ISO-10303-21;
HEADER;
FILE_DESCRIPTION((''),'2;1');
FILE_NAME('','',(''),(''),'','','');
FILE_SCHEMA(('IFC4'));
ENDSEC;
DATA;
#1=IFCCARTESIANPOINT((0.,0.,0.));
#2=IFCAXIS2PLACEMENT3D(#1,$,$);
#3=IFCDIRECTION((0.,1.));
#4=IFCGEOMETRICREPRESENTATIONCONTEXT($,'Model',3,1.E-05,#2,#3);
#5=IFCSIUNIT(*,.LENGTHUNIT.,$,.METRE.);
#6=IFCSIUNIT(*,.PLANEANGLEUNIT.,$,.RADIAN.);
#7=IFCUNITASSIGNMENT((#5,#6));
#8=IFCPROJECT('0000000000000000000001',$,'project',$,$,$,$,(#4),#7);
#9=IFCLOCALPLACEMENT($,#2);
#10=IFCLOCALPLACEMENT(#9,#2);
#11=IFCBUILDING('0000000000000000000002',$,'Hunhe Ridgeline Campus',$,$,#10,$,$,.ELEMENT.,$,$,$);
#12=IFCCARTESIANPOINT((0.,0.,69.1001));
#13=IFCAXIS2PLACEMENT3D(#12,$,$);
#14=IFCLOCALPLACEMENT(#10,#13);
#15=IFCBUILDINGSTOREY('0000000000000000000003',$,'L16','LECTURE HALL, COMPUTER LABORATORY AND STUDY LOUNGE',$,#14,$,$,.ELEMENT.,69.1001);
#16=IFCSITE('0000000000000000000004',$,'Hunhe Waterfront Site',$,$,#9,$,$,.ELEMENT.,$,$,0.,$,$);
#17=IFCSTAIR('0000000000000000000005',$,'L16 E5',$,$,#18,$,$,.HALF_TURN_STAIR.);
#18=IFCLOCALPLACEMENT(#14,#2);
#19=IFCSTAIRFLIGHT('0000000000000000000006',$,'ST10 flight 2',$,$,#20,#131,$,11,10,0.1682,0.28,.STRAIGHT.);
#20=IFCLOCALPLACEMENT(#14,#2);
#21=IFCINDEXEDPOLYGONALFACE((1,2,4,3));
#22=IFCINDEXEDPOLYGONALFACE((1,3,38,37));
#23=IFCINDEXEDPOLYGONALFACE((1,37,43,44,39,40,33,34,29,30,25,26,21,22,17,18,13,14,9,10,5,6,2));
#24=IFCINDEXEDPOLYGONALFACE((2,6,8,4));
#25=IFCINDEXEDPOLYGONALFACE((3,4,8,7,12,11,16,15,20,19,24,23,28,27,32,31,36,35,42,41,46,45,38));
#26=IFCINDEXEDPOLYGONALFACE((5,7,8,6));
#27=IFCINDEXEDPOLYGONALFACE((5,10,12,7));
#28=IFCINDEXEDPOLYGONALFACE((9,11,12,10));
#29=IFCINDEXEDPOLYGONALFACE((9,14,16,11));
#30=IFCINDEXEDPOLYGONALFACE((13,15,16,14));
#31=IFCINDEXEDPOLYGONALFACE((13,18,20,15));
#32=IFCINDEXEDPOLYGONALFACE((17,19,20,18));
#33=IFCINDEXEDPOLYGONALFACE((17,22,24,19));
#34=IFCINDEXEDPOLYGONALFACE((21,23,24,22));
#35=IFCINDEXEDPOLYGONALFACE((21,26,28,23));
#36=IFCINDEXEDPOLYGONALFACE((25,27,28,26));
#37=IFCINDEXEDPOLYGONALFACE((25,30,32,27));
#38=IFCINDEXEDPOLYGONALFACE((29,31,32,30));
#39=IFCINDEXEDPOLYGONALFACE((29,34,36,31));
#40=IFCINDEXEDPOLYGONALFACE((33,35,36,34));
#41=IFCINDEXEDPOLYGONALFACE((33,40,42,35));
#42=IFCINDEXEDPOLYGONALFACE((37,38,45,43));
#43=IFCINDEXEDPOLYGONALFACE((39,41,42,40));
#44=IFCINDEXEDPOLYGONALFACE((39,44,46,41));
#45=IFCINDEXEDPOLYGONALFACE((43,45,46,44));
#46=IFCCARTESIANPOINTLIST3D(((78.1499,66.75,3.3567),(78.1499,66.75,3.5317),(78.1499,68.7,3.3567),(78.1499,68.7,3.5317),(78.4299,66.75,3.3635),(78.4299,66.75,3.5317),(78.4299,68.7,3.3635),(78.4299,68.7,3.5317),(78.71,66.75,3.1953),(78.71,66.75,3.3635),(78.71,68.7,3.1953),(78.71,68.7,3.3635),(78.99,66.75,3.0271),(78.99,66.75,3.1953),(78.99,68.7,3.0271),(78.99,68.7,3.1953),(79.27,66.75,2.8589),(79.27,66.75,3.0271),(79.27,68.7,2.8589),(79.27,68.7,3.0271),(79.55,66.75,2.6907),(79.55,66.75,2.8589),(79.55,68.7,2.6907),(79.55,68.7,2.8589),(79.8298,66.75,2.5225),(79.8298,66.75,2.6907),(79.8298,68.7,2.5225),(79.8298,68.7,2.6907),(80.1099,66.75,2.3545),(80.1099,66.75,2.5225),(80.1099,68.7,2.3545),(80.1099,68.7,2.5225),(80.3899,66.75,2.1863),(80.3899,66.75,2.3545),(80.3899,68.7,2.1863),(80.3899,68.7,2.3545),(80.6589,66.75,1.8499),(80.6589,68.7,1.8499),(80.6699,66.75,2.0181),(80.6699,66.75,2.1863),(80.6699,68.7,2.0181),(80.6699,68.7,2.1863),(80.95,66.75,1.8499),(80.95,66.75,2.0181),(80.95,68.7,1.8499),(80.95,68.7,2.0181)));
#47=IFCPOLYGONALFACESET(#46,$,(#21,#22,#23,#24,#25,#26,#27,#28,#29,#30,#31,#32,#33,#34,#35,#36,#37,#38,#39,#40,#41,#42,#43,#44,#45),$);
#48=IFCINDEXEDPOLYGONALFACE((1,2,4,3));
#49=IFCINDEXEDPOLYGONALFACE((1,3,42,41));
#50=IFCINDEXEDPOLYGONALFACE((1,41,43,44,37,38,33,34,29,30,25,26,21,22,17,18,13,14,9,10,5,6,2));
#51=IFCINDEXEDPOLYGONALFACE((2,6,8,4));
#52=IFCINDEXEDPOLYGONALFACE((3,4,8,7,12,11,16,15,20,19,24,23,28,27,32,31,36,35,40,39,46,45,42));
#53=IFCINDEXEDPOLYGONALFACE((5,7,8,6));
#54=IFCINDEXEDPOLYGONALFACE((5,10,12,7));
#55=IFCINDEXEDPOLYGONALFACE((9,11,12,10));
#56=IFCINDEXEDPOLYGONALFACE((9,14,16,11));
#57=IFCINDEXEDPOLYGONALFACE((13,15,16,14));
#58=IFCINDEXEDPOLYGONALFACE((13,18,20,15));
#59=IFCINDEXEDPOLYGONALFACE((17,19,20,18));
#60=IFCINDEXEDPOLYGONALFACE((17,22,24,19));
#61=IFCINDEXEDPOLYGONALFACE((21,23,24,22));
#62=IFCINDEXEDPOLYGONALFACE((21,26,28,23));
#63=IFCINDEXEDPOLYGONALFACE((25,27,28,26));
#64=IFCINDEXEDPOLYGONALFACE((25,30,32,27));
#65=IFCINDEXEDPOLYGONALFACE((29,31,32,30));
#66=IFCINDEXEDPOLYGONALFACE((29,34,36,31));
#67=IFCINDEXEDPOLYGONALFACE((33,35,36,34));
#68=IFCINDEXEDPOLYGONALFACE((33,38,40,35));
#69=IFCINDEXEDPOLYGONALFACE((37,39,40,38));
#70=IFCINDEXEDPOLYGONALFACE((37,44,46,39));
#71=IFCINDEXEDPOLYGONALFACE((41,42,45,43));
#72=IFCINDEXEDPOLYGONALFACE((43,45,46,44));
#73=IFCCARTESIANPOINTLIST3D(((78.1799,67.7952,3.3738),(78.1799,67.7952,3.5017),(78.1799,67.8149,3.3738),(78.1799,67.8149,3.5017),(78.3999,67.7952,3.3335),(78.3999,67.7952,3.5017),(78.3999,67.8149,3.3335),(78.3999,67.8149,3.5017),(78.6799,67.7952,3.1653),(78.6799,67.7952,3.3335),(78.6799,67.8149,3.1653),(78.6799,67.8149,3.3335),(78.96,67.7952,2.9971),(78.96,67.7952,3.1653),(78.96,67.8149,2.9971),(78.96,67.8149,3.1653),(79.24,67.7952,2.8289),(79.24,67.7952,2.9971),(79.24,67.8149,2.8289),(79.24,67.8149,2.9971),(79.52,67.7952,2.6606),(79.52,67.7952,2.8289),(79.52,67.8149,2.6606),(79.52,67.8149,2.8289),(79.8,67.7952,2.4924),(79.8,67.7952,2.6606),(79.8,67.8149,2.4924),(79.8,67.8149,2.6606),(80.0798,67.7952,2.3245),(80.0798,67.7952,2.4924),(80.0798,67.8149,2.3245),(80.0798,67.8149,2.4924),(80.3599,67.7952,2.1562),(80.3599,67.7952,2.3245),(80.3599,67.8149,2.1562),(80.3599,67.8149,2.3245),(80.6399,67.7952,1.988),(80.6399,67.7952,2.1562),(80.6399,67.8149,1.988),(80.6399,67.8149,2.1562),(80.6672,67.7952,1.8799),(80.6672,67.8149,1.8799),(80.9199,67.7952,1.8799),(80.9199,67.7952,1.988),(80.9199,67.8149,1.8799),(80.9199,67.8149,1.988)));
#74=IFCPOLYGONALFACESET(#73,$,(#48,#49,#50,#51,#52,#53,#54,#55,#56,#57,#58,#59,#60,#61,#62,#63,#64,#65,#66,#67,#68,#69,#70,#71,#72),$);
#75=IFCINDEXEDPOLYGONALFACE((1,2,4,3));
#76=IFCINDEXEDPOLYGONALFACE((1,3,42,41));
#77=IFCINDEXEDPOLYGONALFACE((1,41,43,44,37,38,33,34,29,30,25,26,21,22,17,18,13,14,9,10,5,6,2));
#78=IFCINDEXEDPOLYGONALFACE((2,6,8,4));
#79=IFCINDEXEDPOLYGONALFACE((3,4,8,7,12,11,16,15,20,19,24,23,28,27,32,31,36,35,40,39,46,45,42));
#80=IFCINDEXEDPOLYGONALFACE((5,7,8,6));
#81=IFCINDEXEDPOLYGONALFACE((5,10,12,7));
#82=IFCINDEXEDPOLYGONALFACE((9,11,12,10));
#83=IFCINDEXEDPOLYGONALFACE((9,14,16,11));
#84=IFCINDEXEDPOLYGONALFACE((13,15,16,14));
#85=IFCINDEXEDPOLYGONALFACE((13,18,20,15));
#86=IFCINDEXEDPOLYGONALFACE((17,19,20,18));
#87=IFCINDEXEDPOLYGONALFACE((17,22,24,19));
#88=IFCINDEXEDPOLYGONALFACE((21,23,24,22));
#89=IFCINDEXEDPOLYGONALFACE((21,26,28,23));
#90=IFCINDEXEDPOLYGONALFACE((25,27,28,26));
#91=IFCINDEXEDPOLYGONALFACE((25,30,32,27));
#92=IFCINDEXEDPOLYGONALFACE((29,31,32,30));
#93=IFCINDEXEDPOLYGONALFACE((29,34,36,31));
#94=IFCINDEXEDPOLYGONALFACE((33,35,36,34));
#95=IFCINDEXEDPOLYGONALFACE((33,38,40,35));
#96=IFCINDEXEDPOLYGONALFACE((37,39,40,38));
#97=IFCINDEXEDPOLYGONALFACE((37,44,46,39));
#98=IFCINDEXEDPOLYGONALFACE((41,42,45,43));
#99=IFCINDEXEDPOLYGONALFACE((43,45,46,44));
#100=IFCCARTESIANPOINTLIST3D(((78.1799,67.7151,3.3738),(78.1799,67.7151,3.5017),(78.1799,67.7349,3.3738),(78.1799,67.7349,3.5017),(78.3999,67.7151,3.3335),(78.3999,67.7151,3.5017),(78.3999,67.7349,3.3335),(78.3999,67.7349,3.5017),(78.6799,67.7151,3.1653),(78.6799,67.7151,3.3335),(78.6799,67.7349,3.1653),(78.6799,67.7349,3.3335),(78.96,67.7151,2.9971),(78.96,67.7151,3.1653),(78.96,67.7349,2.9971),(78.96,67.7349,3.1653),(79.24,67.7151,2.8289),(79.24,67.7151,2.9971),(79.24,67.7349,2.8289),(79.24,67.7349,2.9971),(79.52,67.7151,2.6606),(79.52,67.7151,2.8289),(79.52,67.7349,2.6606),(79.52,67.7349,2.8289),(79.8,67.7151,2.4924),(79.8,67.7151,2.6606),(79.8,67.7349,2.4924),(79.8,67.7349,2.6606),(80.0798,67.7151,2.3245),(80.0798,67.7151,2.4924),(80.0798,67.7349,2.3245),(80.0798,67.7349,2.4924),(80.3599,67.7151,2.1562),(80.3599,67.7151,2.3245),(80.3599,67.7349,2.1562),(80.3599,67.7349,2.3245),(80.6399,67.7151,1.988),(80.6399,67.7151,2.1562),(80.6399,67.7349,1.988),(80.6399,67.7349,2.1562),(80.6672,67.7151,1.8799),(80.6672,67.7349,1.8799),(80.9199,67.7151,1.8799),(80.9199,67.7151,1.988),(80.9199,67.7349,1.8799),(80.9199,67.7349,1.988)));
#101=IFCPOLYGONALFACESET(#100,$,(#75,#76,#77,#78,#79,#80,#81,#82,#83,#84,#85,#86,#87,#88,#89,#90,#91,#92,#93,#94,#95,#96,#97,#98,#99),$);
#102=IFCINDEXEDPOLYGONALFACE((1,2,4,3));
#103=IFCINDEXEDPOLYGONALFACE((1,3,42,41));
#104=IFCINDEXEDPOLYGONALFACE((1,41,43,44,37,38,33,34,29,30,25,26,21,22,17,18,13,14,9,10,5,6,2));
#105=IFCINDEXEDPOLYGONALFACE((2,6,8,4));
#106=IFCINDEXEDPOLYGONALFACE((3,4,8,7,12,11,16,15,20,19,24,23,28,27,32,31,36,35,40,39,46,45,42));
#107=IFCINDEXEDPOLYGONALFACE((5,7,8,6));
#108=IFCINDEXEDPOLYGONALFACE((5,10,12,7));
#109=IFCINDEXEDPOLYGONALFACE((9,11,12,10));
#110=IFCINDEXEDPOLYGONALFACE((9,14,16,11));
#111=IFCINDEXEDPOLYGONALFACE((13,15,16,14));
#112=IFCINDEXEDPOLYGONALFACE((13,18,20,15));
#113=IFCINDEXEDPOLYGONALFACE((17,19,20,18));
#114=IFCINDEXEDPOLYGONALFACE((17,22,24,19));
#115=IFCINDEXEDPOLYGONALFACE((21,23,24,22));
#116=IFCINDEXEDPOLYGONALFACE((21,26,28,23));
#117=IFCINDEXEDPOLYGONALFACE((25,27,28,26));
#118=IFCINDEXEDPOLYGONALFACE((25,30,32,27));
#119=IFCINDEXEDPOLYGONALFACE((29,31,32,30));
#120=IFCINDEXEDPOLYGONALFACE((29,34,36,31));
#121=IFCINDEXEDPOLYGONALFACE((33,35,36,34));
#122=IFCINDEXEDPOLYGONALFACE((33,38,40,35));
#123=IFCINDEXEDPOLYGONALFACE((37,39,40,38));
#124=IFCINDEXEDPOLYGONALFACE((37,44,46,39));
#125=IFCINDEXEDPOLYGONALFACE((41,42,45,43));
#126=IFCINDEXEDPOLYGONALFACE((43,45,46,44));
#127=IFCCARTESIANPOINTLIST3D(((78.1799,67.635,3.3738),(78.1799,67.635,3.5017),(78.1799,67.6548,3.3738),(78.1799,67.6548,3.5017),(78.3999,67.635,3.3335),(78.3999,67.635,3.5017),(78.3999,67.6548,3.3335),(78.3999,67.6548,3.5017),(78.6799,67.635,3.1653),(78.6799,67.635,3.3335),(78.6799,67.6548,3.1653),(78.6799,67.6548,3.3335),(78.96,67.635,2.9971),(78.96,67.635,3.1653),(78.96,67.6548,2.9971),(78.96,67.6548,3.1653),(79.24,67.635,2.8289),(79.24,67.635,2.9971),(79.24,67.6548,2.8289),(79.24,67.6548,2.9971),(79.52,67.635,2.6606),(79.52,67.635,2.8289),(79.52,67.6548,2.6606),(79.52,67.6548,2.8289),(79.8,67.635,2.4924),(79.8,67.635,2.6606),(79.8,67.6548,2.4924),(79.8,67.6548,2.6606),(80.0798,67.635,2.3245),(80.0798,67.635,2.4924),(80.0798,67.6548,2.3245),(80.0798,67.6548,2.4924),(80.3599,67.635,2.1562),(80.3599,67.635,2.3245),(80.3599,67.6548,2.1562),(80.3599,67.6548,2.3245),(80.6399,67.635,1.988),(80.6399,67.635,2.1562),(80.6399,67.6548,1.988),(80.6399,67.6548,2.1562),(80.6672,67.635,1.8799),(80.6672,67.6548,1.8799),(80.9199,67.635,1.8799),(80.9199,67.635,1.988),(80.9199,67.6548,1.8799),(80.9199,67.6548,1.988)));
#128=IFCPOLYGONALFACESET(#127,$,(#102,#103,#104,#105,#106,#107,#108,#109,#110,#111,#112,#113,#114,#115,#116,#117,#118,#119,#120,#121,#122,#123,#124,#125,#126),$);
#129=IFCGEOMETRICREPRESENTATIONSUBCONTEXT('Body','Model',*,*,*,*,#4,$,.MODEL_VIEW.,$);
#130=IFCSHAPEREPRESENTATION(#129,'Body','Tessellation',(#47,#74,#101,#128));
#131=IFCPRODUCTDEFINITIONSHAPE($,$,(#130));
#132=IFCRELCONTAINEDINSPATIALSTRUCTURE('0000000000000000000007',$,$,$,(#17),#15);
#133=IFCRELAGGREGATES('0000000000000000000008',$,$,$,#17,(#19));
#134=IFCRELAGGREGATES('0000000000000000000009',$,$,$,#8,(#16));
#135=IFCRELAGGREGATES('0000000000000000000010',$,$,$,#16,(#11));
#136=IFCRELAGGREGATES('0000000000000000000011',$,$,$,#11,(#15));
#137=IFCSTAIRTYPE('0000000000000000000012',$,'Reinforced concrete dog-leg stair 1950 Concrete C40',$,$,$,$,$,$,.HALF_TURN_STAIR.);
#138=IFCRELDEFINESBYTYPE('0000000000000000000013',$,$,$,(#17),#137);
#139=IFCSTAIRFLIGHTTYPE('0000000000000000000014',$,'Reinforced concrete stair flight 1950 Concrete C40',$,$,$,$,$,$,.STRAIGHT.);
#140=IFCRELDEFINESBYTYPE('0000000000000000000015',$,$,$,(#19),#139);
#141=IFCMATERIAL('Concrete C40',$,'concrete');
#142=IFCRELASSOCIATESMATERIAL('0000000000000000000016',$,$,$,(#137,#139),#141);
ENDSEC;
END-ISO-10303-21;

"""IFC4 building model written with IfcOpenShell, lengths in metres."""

from ifc_helpers import new_model, si_unit, direction, frame, origin, place, context, subcontext, project, spatial, polyline, outline, extrude, material, type_object, element, aggregate, save


model = new_model("IFC4")

# Units and contexts
model_context = context("Model", 3, precision=1e-05, world=origin(), true_north=direction((0.0, 1.0)))
body_context = subcontext(model_context, "Body", "Model", "MODEL_VIEW")
ifc_project = project(units=[si_unit("LENGTHUNIT", "METRE"), si_unit("PLANEANGLEUNIT", "RADIAN")], contexts=[model_context])

# Site, building, storey
site_placement = place(None, origin())
site = spatial("IfcSite", under=ifc_project, at=site_placement, Name="Hunhe Waterfront Site", CompositionType="ELEMENT", RefElevation=0.0)
building_placement = place(site_placement, origin())
building = spatial("IfcBuilding", under=site, at=building_placement, Name="Hunhe Ridgeline Campus", CompositionType="ELEMENT")
storey_placement = place(building_placement, frame((0.0, 0.0, 69.1001)))
storey = spatial("IfcBuildingStorey", under=building, at=storey_placement, Name="L16", Description="LECTURE HALL, COMPUTER LABORATORY AND STUDY LOUNGE", CompositionType="ELEMENT", Elevation=69.1001)

# Stair, stair flight
ifc_material_1 = material(Name="Concrete C40", Category="concrete")
stair_type = type_object("IfcStairType", Name="Reinforced concrete dog-leg stair 1950 Concrete C40", PredefinedType="HALF_TURN_STAIR", material=ifc_material_1)
stair_placement = place(storey_placement, origin())
stair = element("IfcStair", 1, at=stair_placement, inside=storey, type_object=stair_type, Name="L16 E5", PredefinedType="HALF_TURN_STAIR")
stair_flight_type = type_object("IfcStairFlightType", Name="Reinforced concrete stair flight 1950 Concrete C40", PredefinedType="STRAIGHT", material=ifc_material_1)
stair_flight_1_placement = place(storey_placement, frame((80.95, 67.7251, 1.8499), z_axis=(0.0, 0.0, 1.0), x_axis=(-1.0, 0.0, 0.0)))
stair_flight_1 = element("IfcStairFlight", 2, at=stair_flight_1_placement, type_object=stair_flight_type, Name="ST10 flight 2", NumberOfRisers=11, NumberOfTreads=10, PredefinedType="STRAIGHT", RiserHeight=0.1682, TreadLength=0.28, context=body_context, shape_type="SweptSolid", body=[
    extrude(outline(polyline([(0.0, 0.0), (0.0, 0.1682), (0.28, 0.1682), (0.28, 0.3364), (0.5601, 0.3364), (0.5601, 0.5046), (0.8401, 0.5046), (0.8401, 0.6726), (1.1201, 0.6726), (1.1201, 0.8408), (1.3999, 0.8408), (1.3999, 1.009), (1.6799, 1.009), (1.6799, 1.1772), (1.96, 1.1772), (1.96, 1.3455), (2.24, 1.3455), (2.24, 1.5137), (2.52, 1.5137), (2.52, 1.6819), (2.8, 1.6819), (2.8, 1.8501), (2.8, 1.5068), (0.291, 0.0), (0.0, 0.0)])), frame((0.0, 0.9751, 0.0), z_axis=(0.0, -1.0, 0.0), x_axis=(1.0, 0.0, 0.0)), (0.0, 0.0, 1.0), 1.95),
    extrude(outline(polyline([(0.03, 0.03), (0.03, 0.1382), (0.3101, 0.1382), (0.3101, 0.3064), (0.5901, 0.3064), (0.5901, 0.4746), (0.8701, 0.4746), (0.8701, 0.6426), (1.1499, 0.6426), (1.1499, 0.8108), (1.4299, 0.8108), (1.4299, 0.979), (1.71, 0.979), (1.71, 1.1472), (1.99, 1.1472), (1.99, 1.3154), (2.27, 1.3154), (2.27, 1.4836), (2.55, 1.4836), (2.55, 1.6519), (2.77, 1.6519), (2.77, 1.5239), (0.2827, 0.03), (0.03, 0.03)])), frame((0.0, -0.0701, 0.0), z_axis=(0.0, -1.0, 0.0), x_axis=(1.0, 0.0, 0.0)), (0.0, 0.0, 1.0), 0.0198),
    extrude(outline(polyline([(0.03, 0.03), (0.03, 0.1382), (0.3101, 0.1382), (0.3101, 0.3064), (0.5901, 0.3064), (0.5901, 0.4746), (0.8701, 0.4746), (0.8701, 0.6426), (1.1499, 0.6426), (1.1499, 0.8108), (1.4299, 0.8108), (1.4299, 0.979), (1.71, 0.979), (1.71, 1.1472), (1.99, 1.1472), (1.99, 1.3154), (2.27, 1.3154), (2.27, 1.4836), (2.55, 1.4836), (2.55, 1.6519), (2.77, 1.6519), (2.77, 1.5239), (0.2827, 0.03), (0.03, 0.03)])), frame((0.0, 0.01, 0.0), z_axis=(0.0, -1.0, 0.0), x_axis=(1.0, 0.0, 0.0)), (0.0, 0.0, 1.0), 0.0198),
    extrude(outline(polyline([(0.03, 0.03), (0.03, 0.1382), (0.3101, 0.1382), (0.3101, 0.3064), (0.5901, 0.3064), (0.5901, 0.4746), (0.8701, 0.4746), (0.8701, 0.6426), (1.1499, 0.6426), (1.1499, 0.8108), (1.4299, 0.8108), (1.4299, 0.979), (1.71, 0.979), (1.71, 1.1472), (1.99, 1.1472), (1.99, 1.3154), (2.27, 1.3154), (2.27, 1.4836), (2.55, 1.4836), (2.55, 1.6519), (2.77, 1.6519), (2.77, 1.5239), (0.2827, 0.03), (0.03, 0.03)])), frame((0.0, 0.0901, 0.0), z_axis=(0.0, -1.0, 0.0), x_axis=(1.0, 0.0, 0.0)), (0.0, 0.0, 1.0), 0.0198),
])
aggregate(stair, [stair_flight_1])

save(model, "model.ifc")
